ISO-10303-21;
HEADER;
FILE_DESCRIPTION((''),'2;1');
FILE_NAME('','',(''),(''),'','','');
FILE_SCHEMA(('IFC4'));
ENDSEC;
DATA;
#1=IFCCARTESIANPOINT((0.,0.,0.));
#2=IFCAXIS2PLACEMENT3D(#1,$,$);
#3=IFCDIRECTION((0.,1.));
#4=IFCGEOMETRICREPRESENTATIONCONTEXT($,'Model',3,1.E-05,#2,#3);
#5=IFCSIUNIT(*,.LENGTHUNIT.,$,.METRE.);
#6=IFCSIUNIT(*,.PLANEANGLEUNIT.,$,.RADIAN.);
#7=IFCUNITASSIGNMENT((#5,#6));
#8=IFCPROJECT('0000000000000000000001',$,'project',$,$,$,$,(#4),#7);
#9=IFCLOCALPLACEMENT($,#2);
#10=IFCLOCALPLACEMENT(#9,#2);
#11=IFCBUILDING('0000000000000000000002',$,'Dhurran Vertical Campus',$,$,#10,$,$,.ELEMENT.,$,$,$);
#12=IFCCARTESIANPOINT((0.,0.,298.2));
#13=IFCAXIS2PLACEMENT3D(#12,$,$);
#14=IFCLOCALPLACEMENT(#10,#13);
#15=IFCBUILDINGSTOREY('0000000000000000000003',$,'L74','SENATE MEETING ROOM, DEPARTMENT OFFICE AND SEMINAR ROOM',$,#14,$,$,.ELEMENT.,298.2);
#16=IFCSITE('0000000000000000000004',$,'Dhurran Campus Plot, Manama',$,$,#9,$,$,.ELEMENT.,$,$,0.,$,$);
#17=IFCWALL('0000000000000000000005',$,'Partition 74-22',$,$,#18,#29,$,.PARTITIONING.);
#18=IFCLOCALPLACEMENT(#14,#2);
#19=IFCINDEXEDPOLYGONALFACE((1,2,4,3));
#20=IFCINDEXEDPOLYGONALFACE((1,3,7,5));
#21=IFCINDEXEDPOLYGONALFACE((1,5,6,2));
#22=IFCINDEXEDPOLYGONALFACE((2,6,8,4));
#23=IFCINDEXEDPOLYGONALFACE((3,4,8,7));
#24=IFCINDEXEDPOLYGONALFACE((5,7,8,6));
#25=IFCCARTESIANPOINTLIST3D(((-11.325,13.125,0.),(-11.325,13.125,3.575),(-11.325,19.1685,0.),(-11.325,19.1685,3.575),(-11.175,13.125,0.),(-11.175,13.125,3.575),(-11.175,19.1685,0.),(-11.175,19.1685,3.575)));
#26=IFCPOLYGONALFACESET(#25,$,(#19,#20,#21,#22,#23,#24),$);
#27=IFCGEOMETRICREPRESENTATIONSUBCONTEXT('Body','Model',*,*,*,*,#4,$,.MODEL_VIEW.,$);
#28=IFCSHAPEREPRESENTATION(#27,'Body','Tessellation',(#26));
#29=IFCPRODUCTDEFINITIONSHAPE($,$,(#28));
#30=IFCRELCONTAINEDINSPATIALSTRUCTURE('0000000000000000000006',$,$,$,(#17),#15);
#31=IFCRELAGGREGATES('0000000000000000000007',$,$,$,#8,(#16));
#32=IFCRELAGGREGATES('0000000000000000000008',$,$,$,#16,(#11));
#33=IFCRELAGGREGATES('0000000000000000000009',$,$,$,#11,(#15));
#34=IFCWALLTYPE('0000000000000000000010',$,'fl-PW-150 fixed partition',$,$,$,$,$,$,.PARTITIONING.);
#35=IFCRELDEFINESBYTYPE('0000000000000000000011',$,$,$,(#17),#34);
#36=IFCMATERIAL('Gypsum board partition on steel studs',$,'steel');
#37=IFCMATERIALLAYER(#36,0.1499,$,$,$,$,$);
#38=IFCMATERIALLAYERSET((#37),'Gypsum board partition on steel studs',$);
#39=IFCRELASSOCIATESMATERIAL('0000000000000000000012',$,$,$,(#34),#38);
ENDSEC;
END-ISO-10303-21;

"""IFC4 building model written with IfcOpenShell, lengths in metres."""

from ifc_helpers import new_model, si_unit, direction, frame, frame_2d, origin, place, context, subcontext, project, spatial, rectangle, extrude, material, layer, layer_set, type_object, element, save


model = new_model("IFC4")

# Units and contexts
model_context = context("Model", 3, precision=1e-05, world=origin(), true_north=direction((0.0, 1.0)))
body_context = subcontext(model_context, "Body", "Model", "MODEL_VIEW")
ifc_project = project(units=[si_unit("LENGTHUNIT", "METRE"), si_unit("PLANEANGLEUNIT", "RADIAN")], contexts=[model_context])

# Site, building, storey
site_placement = place(None, origin())
site = spatial("IfcSite", under=ifc_project, at=site_placement, Name="Dhurran Campus Plot, Manama", CompositionType="ELEMENT", RefElevation=0.0)
building_placement = place(site_placement, origin())
building = spatial("IfcBuilding", under=site, at=building_placement, Name="Dhurran Vertical Campus", CompositionType="ELEMENT")
storey_placement = place(building_placement, frame((0.0, 0.0, 298.2)))
storey = spatial("IfcBuildingStorey", under=building, at=storey_placement, Name="L74", Description="SENATE MEETING ROOM, DEPARTMENT OFFICE AND SEMINAR ROOM", CompositionType="ELEMENT", Elevation=298.2)

# Wall
ifc_material_1 = material(Name="Gypsum board partition on steel studs", Category="steel")
ifc_layer_1 = layer(ifc_material_1, 0.1499)
ifc_layer_set_1 = layer_set([ifc_layer_1], Name="Gypsum board partition on steel studs")
wall_type_1 = type_object("IfcWallType", Name="fl-PW-150 fixed partition", PredefinedType="PARTITIONING", material=ifc_layer_set_1)
wall_1_placement = place(storey_placement, frame((-11.25, 19.1685, 0.0), z_axis=(0.0, 0.0, 1.0), x_axis=(0.0, -1.0, 0.0)))
element("IfcWall", 1, at=wall_1_placement, inside=storey, type_object=wall_type_1, Name="Partition 74-22", PredefinedType="PARTITIONING", context=body_context, shape_type="SweptSolid", body=[
    extrude(rectangle(XDim=6.0435, YDim=0.1499, at=frame_2d((3.0217, 0.0))), origin(), (0.0, 0.0, 1.0), 3.575),
])

save(model, "model.ifc")
